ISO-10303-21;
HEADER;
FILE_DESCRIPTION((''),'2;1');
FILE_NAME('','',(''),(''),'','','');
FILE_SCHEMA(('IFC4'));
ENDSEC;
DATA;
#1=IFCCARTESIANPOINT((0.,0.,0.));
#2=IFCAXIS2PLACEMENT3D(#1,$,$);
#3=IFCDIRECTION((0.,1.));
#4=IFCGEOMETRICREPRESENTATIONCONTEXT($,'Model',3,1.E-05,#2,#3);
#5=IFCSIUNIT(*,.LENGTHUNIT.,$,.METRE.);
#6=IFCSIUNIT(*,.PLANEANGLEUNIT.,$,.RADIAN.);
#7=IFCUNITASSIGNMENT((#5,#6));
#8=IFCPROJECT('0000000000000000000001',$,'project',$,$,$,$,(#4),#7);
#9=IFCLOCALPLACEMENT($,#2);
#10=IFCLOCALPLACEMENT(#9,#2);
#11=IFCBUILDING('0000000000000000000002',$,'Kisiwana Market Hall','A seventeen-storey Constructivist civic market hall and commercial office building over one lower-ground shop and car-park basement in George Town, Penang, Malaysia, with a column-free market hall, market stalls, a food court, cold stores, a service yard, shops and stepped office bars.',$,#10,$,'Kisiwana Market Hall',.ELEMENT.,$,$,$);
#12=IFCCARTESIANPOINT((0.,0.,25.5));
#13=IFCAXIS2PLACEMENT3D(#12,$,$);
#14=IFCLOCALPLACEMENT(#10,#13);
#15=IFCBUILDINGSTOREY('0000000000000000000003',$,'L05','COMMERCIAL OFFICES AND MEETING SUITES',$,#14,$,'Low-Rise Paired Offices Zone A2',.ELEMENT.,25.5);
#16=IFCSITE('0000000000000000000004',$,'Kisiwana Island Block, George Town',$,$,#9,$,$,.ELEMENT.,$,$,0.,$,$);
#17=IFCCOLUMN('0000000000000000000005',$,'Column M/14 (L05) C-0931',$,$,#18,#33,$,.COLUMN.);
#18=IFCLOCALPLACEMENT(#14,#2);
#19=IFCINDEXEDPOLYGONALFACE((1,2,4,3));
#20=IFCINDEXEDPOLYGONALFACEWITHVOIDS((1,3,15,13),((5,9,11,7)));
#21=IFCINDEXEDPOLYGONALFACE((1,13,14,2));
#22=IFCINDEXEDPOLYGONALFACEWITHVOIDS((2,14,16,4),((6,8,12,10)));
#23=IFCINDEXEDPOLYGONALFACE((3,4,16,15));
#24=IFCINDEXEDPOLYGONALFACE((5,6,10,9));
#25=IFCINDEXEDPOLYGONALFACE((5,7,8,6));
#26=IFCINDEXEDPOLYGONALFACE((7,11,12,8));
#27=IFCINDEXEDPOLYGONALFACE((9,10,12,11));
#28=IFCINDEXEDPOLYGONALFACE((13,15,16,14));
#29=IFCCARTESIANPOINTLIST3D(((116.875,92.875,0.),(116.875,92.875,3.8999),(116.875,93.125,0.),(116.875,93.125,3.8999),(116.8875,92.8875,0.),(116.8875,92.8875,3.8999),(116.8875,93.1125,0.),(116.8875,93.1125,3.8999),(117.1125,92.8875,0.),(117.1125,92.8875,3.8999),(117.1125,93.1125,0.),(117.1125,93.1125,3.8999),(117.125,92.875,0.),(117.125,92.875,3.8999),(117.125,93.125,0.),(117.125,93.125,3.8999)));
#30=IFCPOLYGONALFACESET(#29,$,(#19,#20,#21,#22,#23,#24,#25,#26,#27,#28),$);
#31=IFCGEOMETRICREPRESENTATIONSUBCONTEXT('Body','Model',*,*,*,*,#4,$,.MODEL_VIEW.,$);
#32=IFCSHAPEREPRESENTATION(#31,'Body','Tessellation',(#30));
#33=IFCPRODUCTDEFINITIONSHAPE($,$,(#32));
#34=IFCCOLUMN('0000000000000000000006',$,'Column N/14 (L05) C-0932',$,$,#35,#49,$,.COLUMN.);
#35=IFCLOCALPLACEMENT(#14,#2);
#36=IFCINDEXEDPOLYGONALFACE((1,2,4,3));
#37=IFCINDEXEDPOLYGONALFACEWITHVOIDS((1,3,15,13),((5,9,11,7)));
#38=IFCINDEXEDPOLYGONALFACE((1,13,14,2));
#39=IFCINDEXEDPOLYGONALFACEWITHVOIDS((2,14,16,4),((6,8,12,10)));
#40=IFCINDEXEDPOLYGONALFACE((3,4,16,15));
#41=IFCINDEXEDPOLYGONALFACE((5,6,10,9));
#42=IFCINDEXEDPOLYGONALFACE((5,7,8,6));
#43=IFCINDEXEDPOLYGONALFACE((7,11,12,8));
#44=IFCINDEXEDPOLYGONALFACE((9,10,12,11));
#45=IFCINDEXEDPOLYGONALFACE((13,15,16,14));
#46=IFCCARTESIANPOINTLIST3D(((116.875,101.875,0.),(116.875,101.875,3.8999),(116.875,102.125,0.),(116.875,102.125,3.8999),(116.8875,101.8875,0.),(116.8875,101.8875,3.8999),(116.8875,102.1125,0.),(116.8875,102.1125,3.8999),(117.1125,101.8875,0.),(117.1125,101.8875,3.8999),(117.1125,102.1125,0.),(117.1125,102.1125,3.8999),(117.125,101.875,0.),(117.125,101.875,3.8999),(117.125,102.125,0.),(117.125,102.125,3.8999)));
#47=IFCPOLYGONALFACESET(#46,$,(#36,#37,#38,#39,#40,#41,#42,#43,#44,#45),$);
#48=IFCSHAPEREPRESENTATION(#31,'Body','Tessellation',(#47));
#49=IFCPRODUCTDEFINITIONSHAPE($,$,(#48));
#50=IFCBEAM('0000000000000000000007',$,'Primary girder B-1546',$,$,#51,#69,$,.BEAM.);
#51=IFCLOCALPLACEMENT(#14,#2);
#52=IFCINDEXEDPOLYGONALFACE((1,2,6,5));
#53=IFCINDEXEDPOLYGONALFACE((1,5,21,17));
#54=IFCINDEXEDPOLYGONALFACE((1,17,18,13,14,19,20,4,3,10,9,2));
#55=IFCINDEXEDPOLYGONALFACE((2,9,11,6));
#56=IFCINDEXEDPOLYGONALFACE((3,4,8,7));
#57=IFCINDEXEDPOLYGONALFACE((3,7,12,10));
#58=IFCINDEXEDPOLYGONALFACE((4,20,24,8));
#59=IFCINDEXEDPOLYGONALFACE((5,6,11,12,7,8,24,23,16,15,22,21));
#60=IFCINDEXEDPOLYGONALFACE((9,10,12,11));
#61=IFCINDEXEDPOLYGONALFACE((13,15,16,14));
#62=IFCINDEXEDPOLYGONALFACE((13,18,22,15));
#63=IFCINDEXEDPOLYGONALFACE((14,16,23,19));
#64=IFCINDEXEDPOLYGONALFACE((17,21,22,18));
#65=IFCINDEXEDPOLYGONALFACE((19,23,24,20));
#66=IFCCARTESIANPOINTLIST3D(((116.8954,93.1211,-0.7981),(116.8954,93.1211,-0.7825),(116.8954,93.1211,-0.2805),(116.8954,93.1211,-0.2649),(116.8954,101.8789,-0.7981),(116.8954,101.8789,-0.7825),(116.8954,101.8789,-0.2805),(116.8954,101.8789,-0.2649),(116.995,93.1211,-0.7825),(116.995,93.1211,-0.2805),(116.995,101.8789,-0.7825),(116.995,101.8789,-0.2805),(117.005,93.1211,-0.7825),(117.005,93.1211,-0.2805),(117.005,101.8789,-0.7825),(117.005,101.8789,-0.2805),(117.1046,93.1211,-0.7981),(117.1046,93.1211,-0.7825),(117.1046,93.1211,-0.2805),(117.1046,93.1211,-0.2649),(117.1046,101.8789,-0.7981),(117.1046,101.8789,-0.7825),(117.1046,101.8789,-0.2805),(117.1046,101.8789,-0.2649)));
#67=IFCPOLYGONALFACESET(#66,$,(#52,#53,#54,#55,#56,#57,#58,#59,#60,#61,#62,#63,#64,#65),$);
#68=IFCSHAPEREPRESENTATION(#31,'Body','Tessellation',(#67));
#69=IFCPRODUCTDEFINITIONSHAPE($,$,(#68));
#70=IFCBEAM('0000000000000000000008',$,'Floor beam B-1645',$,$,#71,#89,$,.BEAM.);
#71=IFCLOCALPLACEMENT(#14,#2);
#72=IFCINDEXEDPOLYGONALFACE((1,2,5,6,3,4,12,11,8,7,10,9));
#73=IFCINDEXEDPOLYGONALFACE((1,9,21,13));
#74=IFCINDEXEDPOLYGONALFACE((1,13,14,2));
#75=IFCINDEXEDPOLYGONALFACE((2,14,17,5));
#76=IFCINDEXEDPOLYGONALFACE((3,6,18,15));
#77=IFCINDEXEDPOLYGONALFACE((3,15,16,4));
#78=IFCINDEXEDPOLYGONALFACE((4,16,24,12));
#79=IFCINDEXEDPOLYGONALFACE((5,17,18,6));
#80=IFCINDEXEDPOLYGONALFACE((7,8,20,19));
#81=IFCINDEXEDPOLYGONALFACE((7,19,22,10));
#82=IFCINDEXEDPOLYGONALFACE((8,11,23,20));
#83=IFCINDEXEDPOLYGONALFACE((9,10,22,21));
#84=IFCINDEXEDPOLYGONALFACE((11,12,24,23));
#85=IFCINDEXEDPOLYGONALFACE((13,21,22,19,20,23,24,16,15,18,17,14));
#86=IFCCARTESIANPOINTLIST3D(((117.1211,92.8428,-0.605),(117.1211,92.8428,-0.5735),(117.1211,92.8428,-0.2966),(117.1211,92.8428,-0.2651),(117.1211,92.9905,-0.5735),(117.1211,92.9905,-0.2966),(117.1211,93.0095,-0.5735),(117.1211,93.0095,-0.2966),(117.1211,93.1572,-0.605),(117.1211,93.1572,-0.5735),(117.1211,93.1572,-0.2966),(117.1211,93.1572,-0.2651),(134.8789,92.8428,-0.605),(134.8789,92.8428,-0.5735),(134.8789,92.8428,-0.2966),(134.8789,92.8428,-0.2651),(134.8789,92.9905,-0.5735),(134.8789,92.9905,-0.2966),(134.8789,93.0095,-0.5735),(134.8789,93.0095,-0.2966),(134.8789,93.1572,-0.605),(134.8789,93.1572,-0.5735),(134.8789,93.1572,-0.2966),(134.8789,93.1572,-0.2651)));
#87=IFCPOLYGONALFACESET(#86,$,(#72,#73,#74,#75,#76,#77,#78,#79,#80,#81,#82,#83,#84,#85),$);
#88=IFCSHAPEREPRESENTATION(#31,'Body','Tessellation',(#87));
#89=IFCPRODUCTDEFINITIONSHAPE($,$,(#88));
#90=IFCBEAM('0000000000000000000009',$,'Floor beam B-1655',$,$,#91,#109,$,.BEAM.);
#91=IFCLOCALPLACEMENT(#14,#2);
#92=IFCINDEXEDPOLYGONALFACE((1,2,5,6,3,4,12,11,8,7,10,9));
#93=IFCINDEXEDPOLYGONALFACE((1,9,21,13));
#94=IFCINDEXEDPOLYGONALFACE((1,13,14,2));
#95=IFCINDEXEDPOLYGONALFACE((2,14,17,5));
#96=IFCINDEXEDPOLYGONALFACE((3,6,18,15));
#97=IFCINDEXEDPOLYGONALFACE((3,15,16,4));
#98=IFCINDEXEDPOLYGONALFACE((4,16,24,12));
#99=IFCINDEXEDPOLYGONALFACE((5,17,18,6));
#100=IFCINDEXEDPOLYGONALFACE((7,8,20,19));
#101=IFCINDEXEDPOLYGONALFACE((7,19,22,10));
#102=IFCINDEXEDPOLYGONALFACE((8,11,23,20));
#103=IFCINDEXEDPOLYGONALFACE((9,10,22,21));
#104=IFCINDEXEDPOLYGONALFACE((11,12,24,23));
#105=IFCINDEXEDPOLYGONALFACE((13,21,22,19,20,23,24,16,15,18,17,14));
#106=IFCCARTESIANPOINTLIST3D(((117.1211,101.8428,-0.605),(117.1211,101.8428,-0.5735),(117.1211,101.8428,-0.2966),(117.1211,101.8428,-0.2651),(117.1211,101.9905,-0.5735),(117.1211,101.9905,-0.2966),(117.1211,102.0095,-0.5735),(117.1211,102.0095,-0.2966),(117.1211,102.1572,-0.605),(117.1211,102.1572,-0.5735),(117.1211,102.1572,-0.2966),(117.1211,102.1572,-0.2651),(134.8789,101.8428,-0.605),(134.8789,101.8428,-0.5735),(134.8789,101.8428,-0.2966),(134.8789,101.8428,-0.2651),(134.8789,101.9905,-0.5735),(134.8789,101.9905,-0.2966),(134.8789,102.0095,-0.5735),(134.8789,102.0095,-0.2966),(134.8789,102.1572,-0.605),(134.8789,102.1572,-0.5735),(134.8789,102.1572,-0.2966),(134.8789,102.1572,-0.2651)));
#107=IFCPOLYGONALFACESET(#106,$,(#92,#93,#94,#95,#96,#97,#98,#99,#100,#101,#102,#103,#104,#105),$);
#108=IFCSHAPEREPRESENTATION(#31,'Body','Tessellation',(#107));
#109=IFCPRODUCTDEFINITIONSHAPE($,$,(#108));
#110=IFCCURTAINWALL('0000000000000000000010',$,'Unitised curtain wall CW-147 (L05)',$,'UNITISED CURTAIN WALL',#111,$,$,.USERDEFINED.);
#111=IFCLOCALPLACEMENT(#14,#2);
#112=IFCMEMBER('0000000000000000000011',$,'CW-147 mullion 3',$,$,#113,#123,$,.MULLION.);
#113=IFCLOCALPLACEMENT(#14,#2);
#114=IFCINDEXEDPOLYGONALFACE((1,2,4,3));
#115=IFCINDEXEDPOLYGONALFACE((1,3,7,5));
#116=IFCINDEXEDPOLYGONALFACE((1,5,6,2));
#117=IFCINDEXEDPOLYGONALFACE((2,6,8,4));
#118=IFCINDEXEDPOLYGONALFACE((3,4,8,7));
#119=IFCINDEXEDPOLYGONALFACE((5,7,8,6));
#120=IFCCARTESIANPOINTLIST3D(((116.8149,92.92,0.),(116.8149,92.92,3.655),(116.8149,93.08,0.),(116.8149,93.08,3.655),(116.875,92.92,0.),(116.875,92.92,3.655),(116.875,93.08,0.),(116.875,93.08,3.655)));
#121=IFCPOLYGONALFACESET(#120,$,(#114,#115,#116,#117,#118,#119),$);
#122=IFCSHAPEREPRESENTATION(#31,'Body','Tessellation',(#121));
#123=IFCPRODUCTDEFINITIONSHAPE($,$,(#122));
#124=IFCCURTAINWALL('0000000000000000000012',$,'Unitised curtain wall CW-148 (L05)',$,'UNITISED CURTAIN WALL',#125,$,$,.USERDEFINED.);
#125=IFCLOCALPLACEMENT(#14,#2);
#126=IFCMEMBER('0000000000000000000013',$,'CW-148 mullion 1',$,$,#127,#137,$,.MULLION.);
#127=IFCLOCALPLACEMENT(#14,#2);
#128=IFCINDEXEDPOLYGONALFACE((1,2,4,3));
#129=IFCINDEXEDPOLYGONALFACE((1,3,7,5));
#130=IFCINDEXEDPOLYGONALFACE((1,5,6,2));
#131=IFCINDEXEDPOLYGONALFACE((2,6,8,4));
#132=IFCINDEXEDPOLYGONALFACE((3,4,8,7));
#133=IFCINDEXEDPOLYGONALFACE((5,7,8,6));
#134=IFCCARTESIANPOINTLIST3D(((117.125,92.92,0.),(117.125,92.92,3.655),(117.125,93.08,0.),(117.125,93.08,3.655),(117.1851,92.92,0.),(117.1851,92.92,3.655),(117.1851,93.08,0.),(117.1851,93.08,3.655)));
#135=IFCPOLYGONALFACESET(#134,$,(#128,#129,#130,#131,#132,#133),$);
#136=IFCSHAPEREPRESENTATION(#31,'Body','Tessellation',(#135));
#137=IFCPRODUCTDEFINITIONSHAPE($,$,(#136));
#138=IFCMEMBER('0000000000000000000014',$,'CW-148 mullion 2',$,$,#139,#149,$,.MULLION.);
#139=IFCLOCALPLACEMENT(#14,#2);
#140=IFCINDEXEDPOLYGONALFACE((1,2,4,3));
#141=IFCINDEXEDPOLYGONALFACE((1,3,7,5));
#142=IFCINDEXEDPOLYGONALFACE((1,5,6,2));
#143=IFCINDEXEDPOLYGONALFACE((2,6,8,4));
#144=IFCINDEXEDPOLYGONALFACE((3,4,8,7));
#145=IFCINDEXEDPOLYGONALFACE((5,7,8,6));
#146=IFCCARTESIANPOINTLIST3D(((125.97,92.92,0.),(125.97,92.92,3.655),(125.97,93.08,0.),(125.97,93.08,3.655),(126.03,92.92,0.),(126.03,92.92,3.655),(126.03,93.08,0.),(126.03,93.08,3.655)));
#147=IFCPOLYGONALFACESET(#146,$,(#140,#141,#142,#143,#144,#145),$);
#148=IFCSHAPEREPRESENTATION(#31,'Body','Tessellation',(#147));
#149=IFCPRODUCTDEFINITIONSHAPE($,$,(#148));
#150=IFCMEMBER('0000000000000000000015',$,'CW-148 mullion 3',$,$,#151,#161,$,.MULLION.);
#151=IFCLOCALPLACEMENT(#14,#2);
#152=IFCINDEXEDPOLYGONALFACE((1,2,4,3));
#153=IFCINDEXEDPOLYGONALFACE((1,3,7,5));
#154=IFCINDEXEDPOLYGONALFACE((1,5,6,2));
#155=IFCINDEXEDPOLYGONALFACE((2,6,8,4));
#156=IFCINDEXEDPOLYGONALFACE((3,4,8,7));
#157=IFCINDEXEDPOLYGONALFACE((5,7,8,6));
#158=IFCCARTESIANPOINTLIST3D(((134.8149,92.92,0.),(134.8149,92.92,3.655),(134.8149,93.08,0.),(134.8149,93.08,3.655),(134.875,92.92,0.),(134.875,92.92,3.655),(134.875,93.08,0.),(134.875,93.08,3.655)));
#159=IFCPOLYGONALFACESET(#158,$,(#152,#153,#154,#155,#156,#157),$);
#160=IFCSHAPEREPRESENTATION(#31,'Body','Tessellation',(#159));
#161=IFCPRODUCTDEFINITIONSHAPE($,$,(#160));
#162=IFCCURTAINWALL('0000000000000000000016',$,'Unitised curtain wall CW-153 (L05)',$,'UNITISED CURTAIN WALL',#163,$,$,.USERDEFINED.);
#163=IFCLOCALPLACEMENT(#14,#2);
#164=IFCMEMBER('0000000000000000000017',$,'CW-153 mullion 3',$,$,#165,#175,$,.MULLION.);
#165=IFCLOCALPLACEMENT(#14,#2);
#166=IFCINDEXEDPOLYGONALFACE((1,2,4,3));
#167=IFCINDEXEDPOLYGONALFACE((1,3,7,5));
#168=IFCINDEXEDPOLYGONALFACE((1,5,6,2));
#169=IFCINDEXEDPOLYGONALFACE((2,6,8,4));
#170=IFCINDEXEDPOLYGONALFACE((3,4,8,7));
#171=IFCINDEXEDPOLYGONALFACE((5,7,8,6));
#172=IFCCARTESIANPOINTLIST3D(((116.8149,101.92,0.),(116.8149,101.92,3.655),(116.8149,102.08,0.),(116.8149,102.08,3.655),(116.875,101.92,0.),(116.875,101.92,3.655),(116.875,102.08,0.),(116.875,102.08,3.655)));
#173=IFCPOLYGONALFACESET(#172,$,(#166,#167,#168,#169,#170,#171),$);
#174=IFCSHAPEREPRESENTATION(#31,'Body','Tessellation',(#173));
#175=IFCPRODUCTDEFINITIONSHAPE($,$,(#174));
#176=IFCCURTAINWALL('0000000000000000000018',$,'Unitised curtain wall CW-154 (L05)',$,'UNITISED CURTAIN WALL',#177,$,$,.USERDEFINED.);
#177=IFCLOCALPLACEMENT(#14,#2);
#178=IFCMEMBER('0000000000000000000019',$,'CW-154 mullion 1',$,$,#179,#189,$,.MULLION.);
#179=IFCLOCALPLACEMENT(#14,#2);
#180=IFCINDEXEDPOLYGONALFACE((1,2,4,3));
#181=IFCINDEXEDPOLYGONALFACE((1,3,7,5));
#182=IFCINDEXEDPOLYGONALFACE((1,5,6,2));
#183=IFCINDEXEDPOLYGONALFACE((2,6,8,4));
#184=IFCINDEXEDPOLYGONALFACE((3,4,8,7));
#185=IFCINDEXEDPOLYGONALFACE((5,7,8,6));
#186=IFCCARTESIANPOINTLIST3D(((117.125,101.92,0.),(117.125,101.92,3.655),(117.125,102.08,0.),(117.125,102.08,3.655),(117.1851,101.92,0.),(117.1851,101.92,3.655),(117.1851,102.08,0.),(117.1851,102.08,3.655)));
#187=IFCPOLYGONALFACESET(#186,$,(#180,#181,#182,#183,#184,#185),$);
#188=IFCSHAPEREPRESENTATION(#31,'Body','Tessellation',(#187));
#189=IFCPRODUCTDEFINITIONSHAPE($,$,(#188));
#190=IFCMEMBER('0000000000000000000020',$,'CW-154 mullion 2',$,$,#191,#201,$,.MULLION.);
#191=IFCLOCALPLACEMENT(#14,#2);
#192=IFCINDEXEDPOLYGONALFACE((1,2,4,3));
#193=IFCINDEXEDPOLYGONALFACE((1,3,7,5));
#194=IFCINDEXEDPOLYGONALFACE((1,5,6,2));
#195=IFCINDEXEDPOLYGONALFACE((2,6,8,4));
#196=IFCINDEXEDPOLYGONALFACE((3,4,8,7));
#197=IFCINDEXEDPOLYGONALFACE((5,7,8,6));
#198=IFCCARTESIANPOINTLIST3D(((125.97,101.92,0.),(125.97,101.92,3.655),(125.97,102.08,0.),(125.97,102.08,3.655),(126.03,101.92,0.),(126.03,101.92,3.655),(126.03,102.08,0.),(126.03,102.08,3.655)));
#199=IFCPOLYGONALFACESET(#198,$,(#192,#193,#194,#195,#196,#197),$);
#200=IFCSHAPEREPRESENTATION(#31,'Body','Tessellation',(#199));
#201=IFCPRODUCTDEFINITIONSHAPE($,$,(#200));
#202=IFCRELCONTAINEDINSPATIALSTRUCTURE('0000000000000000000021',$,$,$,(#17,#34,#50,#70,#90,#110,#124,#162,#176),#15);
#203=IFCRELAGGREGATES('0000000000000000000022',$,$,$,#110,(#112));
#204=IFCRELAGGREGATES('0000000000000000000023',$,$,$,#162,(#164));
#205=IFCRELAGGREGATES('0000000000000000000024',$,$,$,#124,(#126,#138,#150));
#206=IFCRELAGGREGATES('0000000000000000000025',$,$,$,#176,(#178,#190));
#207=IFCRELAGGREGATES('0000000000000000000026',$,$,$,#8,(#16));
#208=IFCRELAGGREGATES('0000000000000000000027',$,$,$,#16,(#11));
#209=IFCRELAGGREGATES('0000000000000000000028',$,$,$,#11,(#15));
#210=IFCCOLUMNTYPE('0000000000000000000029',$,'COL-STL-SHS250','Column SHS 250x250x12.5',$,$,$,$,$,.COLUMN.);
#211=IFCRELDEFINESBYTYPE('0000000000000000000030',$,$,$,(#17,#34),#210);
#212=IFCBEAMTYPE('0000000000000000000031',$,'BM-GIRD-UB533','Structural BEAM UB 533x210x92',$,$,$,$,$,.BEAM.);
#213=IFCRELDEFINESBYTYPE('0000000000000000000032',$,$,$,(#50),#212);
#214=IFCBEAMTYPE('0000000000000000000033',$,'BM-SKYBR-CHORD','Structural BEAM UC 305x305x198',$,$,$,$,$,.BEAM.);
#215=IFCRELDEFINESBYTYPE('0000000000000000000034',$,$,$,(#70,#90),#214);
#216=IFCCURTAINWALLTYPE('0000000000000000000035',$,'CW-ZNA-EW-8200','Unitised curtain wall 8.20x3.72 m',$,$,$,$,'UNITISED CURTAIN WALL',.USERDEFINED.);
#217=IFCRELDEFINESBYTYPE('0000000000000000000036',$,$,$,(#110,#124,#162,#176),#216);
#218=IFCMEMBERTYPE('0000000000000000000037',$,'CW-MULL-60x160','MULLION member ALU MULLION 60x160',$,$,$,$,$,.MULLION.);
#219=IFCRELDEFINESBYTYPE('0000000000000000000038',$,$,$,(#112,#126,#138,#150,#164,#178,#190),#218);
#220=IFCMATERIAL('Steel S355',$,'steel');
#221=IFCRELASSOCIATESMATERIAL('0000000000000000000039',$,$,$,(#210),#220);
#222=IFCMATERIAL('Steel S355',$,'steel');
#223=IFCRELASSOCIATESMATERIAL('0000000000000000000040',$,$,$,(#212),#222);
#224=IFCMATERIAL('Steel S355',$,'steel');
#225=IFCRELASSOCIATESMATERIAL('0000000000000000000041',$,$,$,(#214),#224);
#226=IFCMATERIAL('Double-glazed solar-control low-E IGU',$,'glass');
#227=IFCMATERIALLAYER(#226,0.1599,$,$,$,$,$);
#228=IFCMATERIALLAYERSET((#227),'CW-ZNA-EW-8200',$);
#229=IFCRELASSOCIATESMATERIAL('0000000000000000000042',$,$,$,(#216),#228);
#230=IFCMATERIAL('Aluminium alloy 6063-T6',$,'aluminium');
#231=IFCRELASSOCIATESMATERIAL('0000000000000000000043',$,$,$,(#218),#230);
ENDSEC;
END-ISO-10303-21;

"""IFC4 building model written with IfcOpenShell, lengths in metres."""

from ifc_helpers import new_model, si_unit, direction, frame, origin, origin_2d, place, context, subcontext, project, spatial, rectangle, hollow_rectangle, i_section, extrude, material, layer, layer_set, material_profile, profile_set, type_object, element, aggregate, save


model = new_model("IFC4")

# Units and contexts
model_context = context("Model", 3, precision=1e-05, world=origin(), true_north=direction((0.0, 1.0)))
body_context = subcontext(model_context, "Body", "Model", "MODEL_VIEW")
ifc_project = project(units=[si_unit("LENGTHUNIT", "METRE"), si_unit("PLANEANGLEUNIT", "RADIAN")], contexts=[model_context])

# Site, building, storey
site_placement = place(None, origin())
site = spatial("IfcSite", under=ifc_project, at=site_placement, Name="Kisiwana Island Block, George Town", CompositionType="ELEMENT", RefElevation=0.0)
building_placement = place(site_placement, origin())
building = spatial("IfcBuilding", under=site, at=building_placement, Name="Kisiwana Market Hall", Description="A seventeen-storey Constructivist civic market hall and commercial office building over one lower-ground shop and car-park basement in George Town, Penang, Malaysia, with a column-free market hall, market stalls, a food court, cold stores, a service yard, shops and stepped office bars.", LongName="Kisiwana Market Hall", CompositionType="ELEMENT")
storey_placement = place(building_placement, frame((0.0, 0.0, 25.5)))
storey = spatial("IfcBuildingStorey", under=building, at=storey_placement, Name="L05", Description="COMMERCIAL OFFICES AND MEETING SUITES", LongName="Low-Rise Paired Offices Zone A2", CompositionType="ELEMENT", Elevation=25.5)

# Columns
ifc_material_1 = material(Name="Steel S355", Category="steel")
ifc_material_profile_1 = material_profile(ifc_material_1, hollow_rectangle(XDim=0.25, YDim=0.25, WallThickness=0.0125, at=origin_2d()), Name="SHS 250x250x12.5")
ifc_profile_set_1 = profile_set([ifc_material_profile_1], Name="Steel S355")
column_type = type_object("IfcColumnType", Name="COL-STL-SHS250", Description="Column SHS 250x250x12.5", PredefinedType="COLUMN", material=ifc_profile_set_1)
for number, where, z_axis, x_axis, name in (
    (1, (117.0, 93.0, 0.0), (0.0, 0.0, 1.0), (1.0, 0.0, 0.0), "Column M/14 (L05) C-0931"),
    (2, (117.0, 102.0, 0.0), (0.0, 0.0, 1.0), (1.0, 0.0, 0.0), "Column N/14 (L05) C-0932"),
):
    element("IfcColumn", number, at=place(storey_placement, frame(where, z_axis=z_axis, x_axis=x_axis)), inside=storey, type_object=column_type, Name=name, PredefinedType="COLUMN", context=body_context, shape_type="SweptSolid", body=[
        extrude(hollow_rectangle(XDim=0.25, YDim=0.25, WallThickness=0.0125, at=origin_2d()), origin(), (0.0, 0.0, 1.0), 3.8999),
    ])

# Beams
ifc_material_2 = material(Name="Steel S355", Category="steel")
ifc_material_profile_2 = material_profile(ifc_material_2, i_section(OverallWidth=0.2092, OverallDepth=0.5332, WebThickness=0.01, FlangeThickness=0.0156, at=origin_2d()), Name="UB 533x210x92")
ifc_profile_set_2 = profile_set([ifc_material_profile_2], Name="Steel S355")
beam_type_1 = type_object("IfcBeamType", Name="BM-GIRD-UB533", Description="Structural BEAM UB 533x210x92", PredefinedType="BEAM", material=ifc_profile_set_2)
beam_placement = place(storey_placement, frame((117.0, 93.1211, -0.5315), z_axis=(0.0, 1.0, 0.0), x_axis=(-1.0, 0.0, 0.0)))
element("IfcBeam", 3, at=beam_placement, inside=storey, type_object=beam_type_1, Name="Primary girder B-1546", PredefinedType="BEAM", context=body_context, shape_type="SweptSolid", body=[
    extrude(i_section(OverallWidth=0.2092, OverallDepth=0.5332, WebThickness=0.01, FlangeThickness=0.0156, at=origin_2d()), origin(), (0.0, 0.0, 1.0), 8.7578),
])
ifc_material_3 = material(Name="Steel S355", Category="steel")
ifc_material_profile_3 = material_profile(ifc_material_3, i_section(OverallWidth=0.3145, OverallDepth=0.3398, WebThickness=0.019, FlangeThickness=0.0315, at=origin_2d()), Name="UC 305x305x198")
ifc_profile_set_3 = profile_set([ifc_material_profile_3], Name="Steel S355")
beam_type_2 = type_object("IfcBeamType", Name="BM-SKYBR-CHORD", Description="Structural BEAM UC 305x305x198", PredefinedType="BEAM", material=ifc_profile_set_3)
for number, where, z_axis, x_axis, name in (
    (4, (117.1211, 93.0, -0.4351), (1.0, 0.0, 0.0), (0.0, 1.0, 0.0), "Floor beam B-1645"),
    (5, (117.1211, 102.0, -0.4351), (1.0, 0.0, 0.0), (0.0, 1.0, 0.0), "Floor beam B-1655"),
):
    element("IfcBeam", number, at=place(storey_placement, frame(where, z_axis=z_axis, x_axis=x_axis)), inside=storey, type_object=beam_type_2, Name=name, PredefinedType="BEAM", context=body_context, shape_type="SweptSolid", body=[
        extrude(i_section(OverallWidth=0.3145, OverallDepth=0.3398, WebThickness=0.019, FlangeThickness=0.0315, at=origin_2d()), origin(), (0.0, 0.0, 1.0), 17.7578),
    ])

# Curtain wall, member
ifc_material_4 = material(Name="Double-glazed solar-control low-E IGU", Category="glass")
ifc_layer_1 = layer(ifc_material_4, 0.1599)
ifc_layer_set_1 = layer_set([ifc_layer_1], Name="CW-ZNA-EW-8200")
curtain_wall_type = type_object("IfcCurtainWallType", Name="CW-ZNA-EW-8200", Description="Unitised curtain wall 8.20x3.72 m", ElementType="UNITISED CURTAIN WALL", PredefinedType="USERDEFINED", material=ifc_layer_set_1)
curtain_wall_1_placement = place(storey_placement, origin())
curtain_wall_1 = element("IfcCurtainWall", 6, at=curtain_wall_1_placement, inside=storey, type_object=curtain_wall_type, Name="Unitised curtain wall CW-147 (L05)", ObjectType="UNITISED CURTAIN WALL", PredefinedType="USERDEFINED")
ifc_material_5 = material(Name="Aluminium alloy 6063-T6", Category="aluminium")
ifc_material_profile_4 = material_profile(ifc_material_5, rectangle(XDim=0.0601, YDim=0.1599, at=origin_2d()), Name="ALU MULLION 60x160")
ifc_profile_set_4 = profile_set([ifc_material_profile_4], Name="Aluminium alloy 6063-T6")
member_type_1 = type_object("IfcMemberType", Name="CW-MULL-60x160", Description="MULLION member ALU MULLION 60x160", PredefinedType="MULLION", material=ifc_profile_set_4)
member_1_placement = place(storey_placement, frame((116.845, 93.0, 0.0), z_axis=(0.0, 0.0, 1.0), x_axis=(1.0, 0.0, 0.0)))
member_1 = element("IfcMember", 7, at=member_1_placement, type_object=member_type_1, Name="CW-147 mullion 3", PredefinedType="MULLION", context=body_context, shape_type="SweptSolid", body=[
    extrude(rectangle(XDim=0.0601, YDim=0.1599, at=origin_2d()), origin(), (0.0, 0.0, 1.0), 3.655),
])

# Curtain wall, members
curtain_wall_2_placement = place(storey_placement, origin())
curtain_wall_2 = element("IfcCurtainWall", 8, at=curtain_wall_2_placement, inside=storey, type_object=curtain_wall_type, Name="Unitised curtain wall CW-148 (L05)", ObjectType="UNITISED CURTAIN WALL", PredefinedType="USERDEFINED")
member_2_placement = place(storey_placement, frame((117.155, 93.0, 0.0), z_axis=(0.0, 0.0, 1.0), x_axis=(1.0, 0.0, 0.0)))
member_2 = element("IfcMember", 9, at=member_2_placement, type_object=member_type_1, Name="CW-148 mullion 1", PredefinedType="MULLION", context=body_context, shape_type="SweptSolid", body=[
    extrude(rectangle(XDim=0.0601, YDim=0.1599, at=origin_2d()), origin(), (0.0, 0.0, 1.0), 3.655),
])
member_3_placement = place(storey_placement, frame((126.0, 93.0, 0.0), z_axis=(0.0, 0.0, 1.0), x_axis=(1.0, 0.0, 0.0)))
member_3 = element("IfcMember", 10, at=member_3_placement, type_object=member_type_1, Name="CW-148 mullion 2", PredefinedType="MULLION", context=body_context, shape_type="SweptSolid", body=[
    extrude(rectangle(XDim=0.0601, YDim=0.1599, at=origin_2d()), origin(), (0.0, 0.0, 1.0), 3.655),
])
member_4_placement = place(storey_placement, frame((134.845, 93.0, 0.0), z_axis=(0.0, 0.0, 1.0), x_axis=(1.0, 0.0, 0.0)))
member_4 = element("IfcMember", 11, at=member_4_placement, type_object=member_type_1, Name="CW-148 mullion 3", PredefinedType="MULLION", context=body_context, shape_type="SweptSolid", body=[
    extrude(rectangle(XDim=0.0601, YDim=0.1599, at=origin_2d()), origin(), (0.0, 0.0, 1.0), 3.655),
])

# Curtain wall, member
curtain_wall_3_placement = place(storey_placement, origin())
curtain_wall_3 = element("IfcCurtainWall", 12, at=curtain_wall_3_placement, inside=storey, type_object=curtain_wall_type, Name="Unitised curtain wall CW-153 (L05)", ObjectType="UNITISED CURTAIN WALL", PredefinedType="USERDEFINED")
member_5_placement = place(storey_placement, frame((116.845, 102.0, 0.0), z_axis=(0.0, 0.0, 1.0), x_axis=(1.0, 0.0, 0.0)))
member_5 = element("IfcMember", 13, at=member_5_placement, type_object=member_type_1, Name="CW-153 mullion 3", PredefinedType="MULLION", context=body_context, shape_type="SweptSolid", body=[
    extrude(rectangle(XDim=0.0601, YDim=0.1599, at=origin_2d()), origin(), (0.0, 0.0, 1.0), 3.655),
])

# Curtain wall, members
curtain_wall_4_placement = place(storey_placement, origin())
curtain_wall_4 = element("IfcCurtainWall", 14, at=curtain_wall_4_placement, inside=storey, type_object=curtain_wall_type, Name="Unitised curtain wall CW-154 (L05)", ObjectType="UNITISED CURTAIN WALL", PredefinedType="USERDEFINED")
member_6_placement = place(storey_placement, frame((117.155, 102.0, 0.0), z_axis=(0.0, 0.0, 1.0), x_axis=(1.0, 0.0, 0.0)))
member_6 = element("IfcMember", 15, at=member_6_placement, type_object=member_type_1, Name="CW-154 mullion 1", PredefinedType="MULLION", context=body_context, shape_type="SweptSolid", body=[
    extrude(rectangle(XDim=0.0601, YDim=0.1599, at=origin_2d()), origin(), (0.0, 0.0, 1.0), 3.655),
])
member_7_placement = place(storey_placement, frame((126.0, 102.0, 0.0), z_axis=(0.0, 0.0, 1.0), x_axis=(1.0, 0.0, 0.0)))
member_7 = element("IfcMember", 16, at=member_7_placement, type_object=member_type_1, Name="CW-154 mullion 2", PredefinedType="MULLION", context=body_context, shape_type="SweptSolid", body=[
    extrude(rectangle(XDim=0.0601, YDim=0.1599, at=origin_2d()), origin(), (0.0, 0.0, 1.0), 3.655),
])

aggregate(curtain_wall_1, [member_1])
aggregate(curtain_wall_3, [member_5])
aggregate(curtain_wall_2, [member_2, member_3, member_4])
aggregate(curtain_wall_4, [member_6, member_7])

save(model, "model.ifc")
